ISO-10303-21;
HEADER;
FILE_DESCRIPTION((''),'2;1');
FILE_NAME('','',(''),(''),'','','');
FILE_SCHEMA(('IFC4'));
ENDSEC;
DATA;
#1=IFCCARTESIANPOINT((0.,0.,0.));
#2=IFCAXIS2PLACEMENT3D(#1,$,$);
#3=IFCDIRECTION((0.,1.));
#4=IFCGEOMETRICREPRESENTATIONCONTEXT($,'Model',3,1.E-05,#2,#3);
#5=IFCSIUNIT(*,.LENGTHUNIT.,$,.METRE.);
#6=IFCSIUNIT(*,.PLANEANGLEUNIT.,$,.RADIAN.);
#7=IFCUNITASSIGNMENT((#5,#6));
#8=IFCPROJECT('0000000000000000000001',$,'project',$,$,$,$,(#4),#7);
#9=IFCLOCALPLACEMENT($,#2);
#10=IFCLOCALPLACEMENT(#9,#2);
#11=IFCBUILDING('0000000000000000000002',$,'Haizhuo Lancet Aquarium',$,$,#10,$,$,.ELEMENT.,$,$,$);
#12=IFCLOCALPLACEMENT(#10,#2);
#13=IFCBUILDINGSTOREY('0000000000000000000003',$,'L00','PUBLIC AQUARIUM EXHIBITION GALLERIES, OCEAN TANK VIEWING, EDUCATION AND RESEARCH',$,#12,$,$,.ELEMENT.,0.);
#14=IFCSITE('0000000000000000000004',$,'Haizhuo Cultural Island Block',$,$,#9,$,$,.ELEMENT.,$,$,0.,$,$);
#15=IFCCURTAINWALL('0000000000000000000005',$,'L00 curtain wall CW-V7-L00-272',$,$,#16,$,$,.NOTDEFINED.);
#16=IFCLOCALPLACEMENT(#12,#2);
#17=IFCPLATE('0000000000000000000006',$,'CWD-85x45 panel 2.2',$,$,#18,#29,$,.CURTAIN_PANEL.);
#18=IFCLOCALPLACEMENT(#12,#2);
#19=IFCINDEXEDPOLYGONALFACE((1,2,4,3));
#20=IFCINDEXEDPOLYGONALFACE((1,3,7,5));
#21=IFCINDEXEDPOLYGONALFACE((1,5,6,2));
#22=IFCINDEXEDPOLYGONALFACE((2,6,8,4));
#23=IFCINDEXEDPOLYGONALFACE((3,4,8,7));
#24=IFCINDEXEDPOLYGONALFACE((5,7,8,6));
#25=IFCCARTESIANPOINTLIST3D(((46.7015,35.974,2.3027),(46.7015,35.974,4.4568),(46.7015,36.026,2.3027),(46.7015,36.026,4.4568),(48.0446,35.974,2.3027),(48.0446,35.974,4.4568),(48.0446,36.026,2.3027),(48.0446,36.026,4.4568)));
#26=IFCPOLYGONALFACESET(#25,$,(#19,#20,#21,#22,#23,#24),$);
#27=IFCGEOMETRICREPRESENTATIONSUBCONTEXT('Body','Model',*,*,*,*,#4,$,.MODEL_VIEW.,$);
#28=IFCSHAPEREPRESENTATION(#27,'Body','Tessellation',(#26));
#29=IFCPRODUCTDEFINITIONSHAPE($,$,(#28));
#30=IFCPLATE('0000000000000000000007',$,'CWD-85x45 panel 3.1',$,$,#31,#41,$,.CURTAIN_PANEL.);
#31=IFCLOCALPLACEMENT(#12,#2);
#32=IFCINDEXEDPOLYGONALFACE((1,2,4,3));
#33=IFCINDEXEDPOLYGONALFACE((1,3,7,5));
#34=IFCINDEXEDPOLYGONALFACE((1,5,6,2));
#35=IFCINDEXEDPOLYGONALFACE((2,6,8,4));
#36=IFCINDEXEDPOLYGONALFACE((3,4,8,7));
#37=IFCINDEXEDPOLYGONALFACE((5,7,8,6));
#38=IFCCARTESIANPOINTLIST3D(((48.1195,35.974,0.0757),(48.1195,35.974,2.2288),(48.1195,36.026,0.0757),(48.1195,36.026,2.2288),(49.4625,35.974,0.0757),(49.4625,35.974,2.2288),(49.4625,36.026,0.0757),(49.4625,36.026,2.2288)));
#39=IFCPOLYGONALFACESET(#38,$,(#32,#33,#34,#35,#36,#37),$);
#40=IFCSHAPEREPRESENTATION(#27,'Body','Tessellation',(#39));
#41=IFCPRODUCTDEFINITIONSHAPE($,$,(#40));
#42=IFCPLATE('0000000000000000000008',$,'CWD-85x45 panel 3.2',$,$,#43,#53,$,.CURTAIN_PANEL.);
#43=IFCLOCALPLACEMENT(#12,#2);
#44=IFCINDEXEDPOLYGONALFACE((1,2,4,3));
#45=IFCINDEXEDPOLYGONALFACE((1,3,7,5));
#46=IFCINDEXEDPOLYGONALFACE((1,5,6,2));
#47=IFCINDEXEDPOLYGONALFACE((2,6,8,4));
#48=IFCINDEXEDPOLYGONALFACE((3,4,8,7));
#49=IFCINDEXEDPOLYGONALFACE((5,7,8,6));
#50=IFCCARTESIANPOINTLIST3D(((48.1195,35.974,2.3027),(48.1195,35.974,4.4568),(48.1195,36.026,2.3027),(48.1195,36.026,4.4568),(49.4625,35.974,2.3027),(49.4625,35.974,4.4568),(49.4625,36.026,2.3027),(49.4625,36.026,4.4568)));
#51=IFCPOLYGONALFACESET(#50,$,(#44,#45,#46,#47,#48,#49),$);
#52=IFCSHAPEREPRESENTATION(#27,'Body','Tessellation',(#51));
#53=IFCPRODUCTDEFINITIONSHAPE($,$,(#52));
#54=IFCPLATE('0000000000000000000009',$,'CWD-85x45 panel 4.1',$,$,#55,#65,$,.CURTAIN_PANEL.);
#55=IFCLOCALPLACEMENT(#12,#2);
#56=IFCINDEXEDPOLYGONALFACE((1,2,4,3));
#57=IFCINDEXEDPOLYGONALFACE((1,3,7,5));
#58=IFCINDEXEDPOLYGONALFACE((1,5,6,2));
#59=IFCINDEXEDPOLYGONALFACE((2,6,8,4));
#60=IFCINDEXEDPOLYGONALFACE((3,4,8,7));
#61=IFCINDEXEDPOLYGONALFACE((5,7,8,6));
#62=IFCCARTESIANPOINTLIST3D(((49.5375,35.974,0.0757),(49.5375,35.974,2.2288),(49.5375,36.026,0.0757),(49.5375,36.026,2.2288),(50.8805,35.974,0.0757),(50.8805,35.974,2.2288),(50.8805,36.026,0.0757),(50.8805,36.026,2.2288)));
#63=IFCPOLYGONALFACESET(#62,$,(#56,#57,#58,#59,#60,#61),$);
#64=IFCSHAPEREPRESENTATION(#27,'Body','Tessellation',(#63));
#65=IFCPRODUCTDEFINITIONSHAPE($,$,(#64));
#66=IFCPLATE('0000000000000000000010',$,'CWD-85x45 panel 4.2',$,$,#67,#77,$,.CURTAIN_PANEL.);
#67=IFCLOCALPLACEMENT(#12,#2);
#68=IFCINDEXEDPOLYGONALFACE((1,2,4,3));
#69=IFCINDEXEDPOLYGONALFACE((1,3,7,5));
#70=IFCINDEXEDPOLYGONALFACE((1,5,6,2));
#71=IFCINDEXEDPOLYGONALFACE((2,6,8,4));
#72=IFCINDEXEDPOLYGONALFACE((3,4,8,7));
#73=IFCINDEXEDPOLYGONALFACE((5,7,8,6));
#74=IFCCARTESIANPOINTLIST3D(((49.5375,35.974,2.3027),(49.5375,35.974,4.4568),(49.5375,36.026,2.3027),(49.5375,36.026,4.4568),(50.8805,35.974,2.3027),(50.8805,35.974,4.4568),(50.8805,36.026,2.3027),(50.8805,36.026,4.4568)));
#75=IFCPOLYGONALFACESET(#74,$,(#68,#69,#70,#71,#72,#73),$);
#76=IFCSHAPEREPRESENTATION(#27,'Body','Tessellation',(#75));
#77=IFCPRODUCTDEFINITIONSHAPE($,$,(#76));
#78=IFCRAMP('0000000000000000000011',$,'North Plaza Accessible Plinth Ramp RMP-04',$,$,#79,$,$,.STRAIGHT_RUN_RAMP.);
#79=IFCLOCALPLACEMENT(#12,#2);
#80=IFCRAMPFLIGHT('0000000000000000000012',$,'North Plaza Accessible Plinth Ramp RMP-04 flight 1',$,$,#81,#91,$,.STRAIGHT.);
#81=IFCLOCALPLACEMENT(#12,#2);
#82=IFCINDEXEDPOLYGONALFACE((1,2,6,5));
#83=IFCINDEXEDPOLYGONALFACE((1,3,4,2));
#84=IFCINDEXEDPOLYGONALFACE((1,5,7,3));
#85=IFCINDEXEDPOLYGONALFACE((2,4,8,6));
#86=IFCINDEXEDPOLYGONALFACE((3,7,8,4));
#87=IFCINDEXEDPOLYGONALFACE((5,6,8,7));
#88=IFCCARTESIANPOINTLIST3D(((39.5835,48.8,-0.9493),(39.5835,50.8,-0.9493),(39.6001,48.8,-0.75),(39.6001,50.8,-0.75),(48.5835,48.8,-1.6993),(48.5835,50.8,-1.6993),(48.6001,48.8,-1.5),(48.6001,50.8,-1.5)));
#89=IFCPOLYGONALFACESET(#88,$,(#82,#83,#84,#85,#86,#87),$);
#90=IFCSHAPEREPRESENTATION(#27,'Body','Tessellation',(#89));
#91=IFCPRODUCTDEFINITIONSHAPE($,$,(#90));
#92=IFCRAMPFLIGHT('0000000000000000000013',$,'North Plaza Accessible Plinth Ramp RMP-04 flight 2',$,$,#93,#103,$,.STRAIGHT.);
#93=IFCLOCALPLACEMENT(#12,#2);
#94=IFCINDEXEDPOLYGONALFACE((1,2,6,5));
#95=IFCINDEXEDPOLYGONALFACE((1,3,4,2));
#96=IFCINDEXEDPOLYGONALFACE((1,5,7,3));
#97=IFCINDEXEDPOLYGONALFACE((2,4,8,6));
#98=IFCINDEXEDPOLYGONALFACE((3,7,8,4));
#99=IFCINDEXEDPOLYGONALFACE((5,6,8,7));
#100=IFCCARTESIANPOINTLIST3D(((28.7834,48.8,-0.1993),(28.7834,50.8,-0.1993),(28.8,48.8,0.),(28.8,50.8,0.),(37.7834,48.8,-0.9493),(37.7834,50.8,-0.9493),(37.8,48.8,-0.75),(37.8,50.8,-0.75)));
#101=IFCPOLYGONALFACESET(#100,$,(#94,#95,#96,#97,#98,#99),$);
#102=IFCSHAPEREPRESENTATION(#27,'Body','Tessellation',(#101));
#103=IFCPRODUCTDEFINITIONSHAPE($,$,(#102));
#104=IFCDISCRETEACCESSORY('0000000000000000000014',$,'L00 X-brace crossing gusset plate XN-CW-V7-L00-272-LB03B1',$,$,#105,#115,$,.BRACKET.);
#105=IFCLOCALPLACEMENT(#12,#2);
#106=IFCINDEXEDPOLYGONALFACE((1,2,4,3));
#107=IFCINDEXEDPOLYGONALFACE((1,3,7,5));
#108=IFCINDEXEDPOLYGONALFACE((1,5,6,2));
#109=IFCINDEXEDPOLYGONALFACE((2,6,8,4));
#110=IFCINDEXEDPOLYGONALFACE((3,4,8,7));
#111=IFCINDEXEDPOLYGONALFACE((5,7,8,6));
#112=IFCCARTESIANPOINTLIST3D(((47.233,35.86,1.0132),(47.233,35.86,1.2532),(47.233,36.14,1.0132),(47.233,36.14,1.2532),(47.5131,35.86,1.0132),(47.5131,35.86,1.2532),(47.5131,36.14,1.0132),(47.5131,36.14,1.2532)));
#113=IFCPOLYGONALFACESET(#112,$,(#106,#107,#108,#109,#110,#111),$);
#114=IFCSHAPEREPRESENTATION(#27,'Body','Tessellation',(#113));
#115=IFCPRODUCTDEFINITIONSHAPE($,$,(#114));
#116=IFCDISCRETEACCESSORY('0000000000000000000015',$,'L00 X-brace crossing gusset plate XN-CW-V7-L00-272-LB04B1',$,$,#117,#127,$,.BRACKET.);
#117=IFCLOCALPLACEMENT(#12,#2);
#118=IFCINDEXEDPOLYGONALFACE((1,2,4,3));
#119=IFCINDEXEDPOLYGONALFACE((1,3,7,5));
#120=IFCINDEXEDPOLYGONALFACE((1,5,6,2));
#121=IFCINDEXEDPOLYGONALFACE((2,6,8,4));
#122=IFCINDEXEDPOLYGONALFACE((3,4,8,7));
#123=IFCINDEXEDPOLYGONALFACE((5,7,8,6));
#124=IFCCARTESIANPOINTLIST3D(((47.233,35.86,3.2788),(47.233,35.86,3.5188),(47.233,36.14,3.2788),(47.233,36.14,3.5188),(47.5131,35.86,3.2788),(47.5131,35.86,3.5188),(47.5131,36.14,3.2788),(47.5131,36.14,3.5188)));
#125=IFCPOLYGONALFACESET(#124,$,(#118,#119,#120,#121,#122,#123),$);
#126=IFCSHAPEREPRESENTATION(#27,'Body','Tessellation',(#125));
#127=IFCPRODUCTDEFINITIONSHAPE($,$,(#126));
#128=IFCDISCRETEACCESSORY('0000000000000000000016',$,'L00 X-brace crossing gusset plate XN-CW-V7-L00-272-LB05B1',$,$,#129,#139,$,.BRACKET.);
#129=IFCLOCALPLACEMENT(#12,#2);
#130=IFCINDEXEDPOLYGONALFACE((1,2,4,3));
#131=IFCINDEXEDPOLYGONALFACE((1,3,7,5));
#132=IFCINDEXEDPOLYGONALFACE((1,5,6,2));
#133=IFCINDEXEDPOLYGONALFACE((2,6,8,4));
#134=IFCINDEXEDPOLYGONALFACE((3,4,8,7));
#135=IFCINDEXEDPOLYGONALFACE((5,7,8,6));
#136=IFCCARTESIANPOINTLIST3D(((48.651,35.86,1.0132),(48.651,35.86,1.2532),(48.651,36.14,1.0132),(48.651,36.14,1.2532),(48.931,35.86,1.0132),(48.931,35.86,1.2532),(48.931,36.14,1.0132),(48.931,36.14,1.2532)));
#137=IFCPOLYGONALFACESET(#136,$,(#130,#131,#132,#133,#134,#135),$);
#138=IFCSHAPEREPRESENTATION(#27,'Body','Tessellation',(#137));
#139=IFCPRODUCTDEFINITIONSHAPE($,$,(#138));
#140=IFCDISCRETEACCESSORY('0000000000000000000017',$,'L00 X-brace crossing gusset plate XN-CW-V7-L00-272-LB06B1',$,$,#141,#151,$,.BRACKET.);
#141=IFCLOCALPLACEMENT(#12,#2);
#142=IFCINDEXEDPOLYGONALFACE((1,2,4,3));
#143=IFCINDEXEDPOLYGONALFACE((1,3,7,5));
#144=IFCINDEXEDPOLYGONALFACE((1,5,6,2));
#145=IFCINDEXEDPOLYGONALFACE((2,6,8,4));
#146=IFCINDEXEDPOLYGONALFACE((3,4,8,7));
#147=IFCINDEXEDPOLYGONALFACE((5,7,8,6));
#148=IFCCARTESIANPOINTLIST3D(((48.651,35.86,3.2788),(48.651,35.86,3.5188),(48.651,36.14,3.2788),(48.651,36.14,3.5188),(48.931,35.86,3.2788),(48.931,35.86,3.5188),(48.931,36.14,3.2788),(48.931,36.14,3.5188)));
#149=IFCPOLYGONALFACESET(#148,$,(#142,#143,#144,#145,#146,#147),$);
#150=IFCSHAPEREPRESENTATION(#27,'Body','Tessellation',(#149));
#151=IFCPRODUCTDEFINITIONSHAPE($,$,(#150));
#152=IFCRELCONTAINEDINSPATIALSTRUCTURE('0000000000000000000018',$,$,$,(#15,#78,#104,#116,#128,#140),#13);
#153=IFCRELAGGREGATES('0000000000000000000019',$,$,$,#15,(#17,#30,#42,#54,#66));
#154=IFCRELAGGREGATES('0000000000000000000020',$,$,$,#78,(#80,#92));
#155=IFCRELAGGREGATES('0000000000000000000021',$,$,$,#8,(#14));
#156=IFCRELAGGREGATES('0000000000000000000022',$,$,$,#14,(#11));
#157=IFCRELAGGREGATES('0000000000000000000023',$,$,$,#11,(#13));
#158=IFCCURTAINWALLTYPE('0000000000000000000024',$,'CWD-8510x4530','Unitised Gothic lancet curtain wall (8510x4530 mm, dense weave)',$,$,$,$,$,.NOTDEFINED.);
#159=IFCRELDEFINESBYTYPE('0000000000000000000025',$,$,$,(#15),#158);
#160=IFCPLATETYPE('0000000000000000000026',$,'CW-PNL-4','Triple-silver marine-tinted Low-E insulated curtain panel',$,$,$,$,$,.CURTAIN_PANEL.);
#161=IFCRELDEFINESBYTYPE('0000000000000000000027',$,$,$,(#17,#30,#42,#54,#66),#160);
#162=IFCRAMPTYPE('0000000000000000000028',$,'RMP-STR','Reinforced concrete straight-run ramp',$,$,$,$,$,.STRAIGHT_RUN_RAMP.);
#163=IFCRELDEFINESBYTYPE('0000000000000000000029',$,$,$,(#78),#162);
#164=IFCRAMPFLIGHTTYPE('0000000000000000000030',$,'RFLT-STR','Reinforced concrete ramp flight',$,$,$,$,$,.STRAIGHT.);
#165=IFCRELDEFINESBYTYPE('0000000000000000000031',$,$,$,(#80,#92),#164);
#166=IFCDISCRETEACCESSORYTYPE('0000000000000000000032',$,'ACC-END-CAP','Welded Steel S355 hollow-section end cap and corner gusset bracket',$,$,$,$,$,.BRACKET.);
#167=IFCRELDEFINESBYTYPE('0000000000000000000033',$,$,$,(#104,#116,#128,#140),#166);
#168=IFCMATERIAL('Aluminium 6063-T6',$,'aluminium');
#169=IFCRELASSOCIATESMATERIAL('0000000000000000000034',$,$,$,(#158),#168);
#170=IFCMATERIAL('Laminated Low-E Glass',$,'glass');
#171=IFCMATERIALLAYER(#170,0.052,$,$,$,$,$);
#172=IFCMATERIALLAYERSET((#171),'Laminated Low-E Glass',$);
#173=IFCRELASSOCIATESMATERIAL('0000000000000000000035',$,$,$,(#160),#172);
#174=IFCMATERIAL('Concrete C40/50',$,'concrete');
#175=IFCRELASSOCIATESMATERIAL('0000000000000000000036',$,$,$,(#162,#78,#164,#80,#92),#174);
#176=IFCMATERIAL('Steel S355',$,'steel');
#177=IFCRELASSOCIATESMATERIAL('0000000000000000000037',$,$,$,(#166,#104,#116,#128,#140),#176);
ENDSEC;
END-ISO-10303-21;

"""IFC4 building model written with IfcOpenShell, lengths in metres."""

from ifc_helpers import new_model, si_unit, direction, frame, origin, origin_2d, place, context, subcontext, project, spatial, polyline, rectangle, outline, extrude, material, layer, layer_set, type_object, element, aggregate, save


model = new_model("IFC4")

# Units and contexts
model_context = context("Model", 3, precision=1e-05, world=origin(), true_north=direction((0.0, 1.0)))
body_context = subcontext(model_context, "Body", "Model", "MODEL_VIEW")
ifc_project = project(units=[si_unit("LENGTHUNIT", "METRE"), si_unit("PLANEANGLEUNIT", "RADIAN")], contexts=[model_context])

# Site, building, storey
site_placement = place(None, origin())
site = spatial("IfcSite", under=ifc_project, at=site_placement, Name="Haizhuo Cultural Island Block", CompositionType="ELEMENT", RefElevation=0.0)
building_placement = place(site_placement, origin())
building = spatial("IfcBuilding", under=site, at=building_placement, Name="Haizhuo Lancet Aquarium", CompositionType="ELEMENT")
storey_placement = place(building_placement, origin())
storey = spatial("IfcBuildingStorey", under=building, at=storey_placement, Name="L00", Description="PUBLIC AQUARIUM EXHIBITION GALLERIES, OCEAN TANK VIEWING, EDUCATION AND RESEARCH", CompositionType="ELEMENT", Elevation=0.0)

# Curtain wall
ifc_material_1 = material(Name="Aluminium 6063-T6", Category="aluminium")
curtain_wall_type = type_object("IfcCurtainWallType", Name="CWD-8510x4530", Description="Unitised Gothic lancet curtain wall (8510x4530 mm, dense weave)", PredefinedType="NOTDEFINED", material=ifc_material_1)
curtain_wall_placement = place(storey_placement, origin())
curtain_wall = element("IfcCurtainWall", 1, at=curtain_wall_placement, inside=storey, type_object=curtain_wall_type, Name="L00 curtain wall CW-V7-L00-272", PredefinedType="NOTDEFINED")

# Shared definitions
ifc_material_2 = material(Name="Steel S355", Category="steel")

# Plates
ifc_material_3 = material(Name="Laminated Low-E Glass", Category="glass")
ifc_layer = layer(ifc_material_3, 0.052)
ifc_layer_set = layer_set([ifc_layer], Name="Laminated Low-E Glass")
plate_type = type_object("IfcPlateType", Name="CW-PNL-4", Description="Triple-silver marine-tinted Low-E insulated curtain panel", PredefinedType="CURTAIN_PANEL", material=ifc_layer_set)
plate_1_placement = place(storey_placement, frame((47.373, 36.0, 2.3027), z_axis=(0.0, 0.0, 1.0), x_axis=(1.0, 0.0, 0.0)))
plate_1 = element("IfcPlate", 2, at=plate_1_placement, type_object=plate_type, Name="CWD-85x45 panel 2.2", PredefinedType="CURTAIN_PANEL", context=body_context, shape_type="SweptSolid", body=[
    extrude(rectangle(XDim=1.343, YDim=0.052, at=origin_2d()), origin(), (0.0, 0.0, 1.0), 2.1541),
])
plate_2_placement = place(storey_placement, frame((48.791, 36.0, 0.0757), z_axis=(0.0, 0.0, 1.0), x_axis=(1.0, 0.0, 0.0)))
plate_2 = element("IfcPlate", 3, at=plate_2_placement, type_object=plate_type, Name="CWD-85x45 panel 3.1", PredefinedType="CURTAIN_PANEL", context=body_context, shape_type="SweptSolid", body=[
    extrude(rectangle(XDim=1.343, YDim=0.052, at=origin_2d()), origin(), (0.0, 0.0, 1.0), 2.1531),
])
plate_3_placement = place(storey_placement, frame((48.791, 36.0, 2.3027), z_axis=(0.0, 0.0, 1.0), x_axis=(1.0, 0.0, 0.0)))
plate_3 = element("IfcPlate", 4, at=plate_3_placement, type_object=plate_type, Name="CWD-85x45 panel 3.2", PredefinedType="CURTAIN_PANEL", context=body_context, shape_type="SweptSolid", body=[
    extrude(rectangle(XDim=1.343, YDim=0.052, at=origin_2d()), origin(), (0.0, 0.0, 1.0), 2.1541),
])
plate_4_placement = place(storey_placement, frame((50.209, 36.0, 0.0757), z_axis=(0.0, 0.0, 1.0), x_axis=(1.0, 0.0, 0.0)))
plate_4 = element("IfcPlate", 5, at=plate_4_placement, type_object=plate_type, Name="CWD-85x45 panel 4.1", PredefinedType="CURTAIN_PANEL", context=body_context, shape_type="SweptSolid", body=[
    extrude(rectangle(XDim=1.343, YDim=0.052, at=origin_2d()), origin(), (0.0, 0.0, 1.0), 2.1531),
])
plate_5_placement = place(storey_placement, frame((50.209, 36.0, 2.3027), z_axis=(0.0, 0.0, 1.0), x_axis=(1.0, 0.0, 0.0)))
plate_5 = element("IfcPlate", 6, at=plate_5_placement, type_object=plate_type, Name="CWD-85x45 panel 4.2", PredefinedType="CURTAIN_PANEL", context=body_context, shape_type="SweptSolid", body=[
    extrude(rectangle(XDim=1.343, YDim=0.052, at=origin_2d()), origin(), (0.0, 0.0, 1.0), 2.1541),
])
aggregate(curtain_wall, [plate_1, plate_2, plate_3, plate_4, plate_5])

# Ramp, ramp flights
ifc_material_4 = material(Name="Concrete C40/50", Category="concrete")
ramp_type = type_object("IfcRampType", Name="RMP-STR", Description="Reinforced concrete straight-run ramp", PredefinedType="STRAIGHT_RUN_RAMP", material=ifc_material_4)
ramp_placement = place(storey_placement, origin())
ramp = element("IfcRamp", 7, at=ramp_placement, inside=storey, type_object=ramp_type, material=ifc_material_4, Name="North Plaza Accessible Plinth Ramp RMP-04", PredefinedType="STRAIGHT_RUN_RAMP")
ramp_flight_type = type_object("IfcRampFlightType", Name="RFLT-STR", Description="Reinforced concrete ramp flight", PredefinedType="STRAIGHT", material=ifc_material_4)
ramp_flight_1_placement = place(storey_placement, frame((48.6001, 48.8, -1.5), z_axis=(0.083045, 0.0, 0.996546), x_axis=(-0.996546, 0.0, 0.083045)))
ramp_flight_1 = element("IfcRampFlight", 8, at=ramp_flight_1_placement, type_object=ramp_flight_type, material=ifc_material_4, Name="North Plaza Accessible Plinth Ramp RMP-04 flight 1", PredefinedType="STRAIGHT", context=body_context, shape_type="SweptSolid", body=[
    extrude(outline(polyline([(0.0, 0.0), (9.0312, 0.0), (9.0312, -2.0), (0.0, -2.0), (0.0, 0.0)])), origin(), (0.0, 0.0, -1.0), 0.2),
])
ramp_flight_2_placement = place(storey_placement, frame((37.8, 48.8, -0.75), z_axis=(0.083045, 0.0, 0.996546), x_axis=(-0.996546, 0.0, 0.083045)))
ramp_flight_2 = element("IfcRampFlight", 9, at=ramp_flight_2_placement, type_object=ramp_flight_type, material=ifc_material_4, Name="North Plaza Accessible Plinth Ramp RMP-04 flight 2", PredefinedType="STRAIGHT", context=body_context, shape_type="SweptSolid", body=[
    extrude(outline(polyline([(0.0, 0.0), (9.0312, 0.0), (9.0312, -2.0), (0.0, -2.0), (0.0, 0.0)])), origin(), (0.0, 0.0, -1.0), 0.2),
])
aggregate(ramp, [ramp_flight_1, ramp_flight_2])

# Discrete accessories
discrete_accessory_type = type_object("IfcDiscreteAccessoryType", Name="ACC-END-CAP", Description="Welded Steel S355 hollow-section end cap and corner gusset bracket", PredefinedType="BRACKET", material=ifc_material_2)
for number, where, z_axis, x_axis, name in (
    (10, (47.373, 36.0, 1.0132), (0.0, 0.0, 1.0), (1.0, 0.0, 0.0), "L00 X-brace crossing gusset plate XN-CW-V7-L00-272-LB03B1"),
    (11, (47.373, 36.0, 3.2788), (0.0, 0.0, 1.0), (1.0, 0.0, 0.0), "L00 X-brace crossing gusset plate XN-CW-V7-L00-272-LB04B1"),
    (12, (48.791, 36.0, 1.0132), (0.0, 0.0, 1.0), (1.0, 0.0, 0.0), "L00 X-brace crossing gusset plate XN-CW-V7-L00-272-LB05B1"),
    (13, (48.791, 36.0, 3.2788), (0.0, 0.0, 1.0), (1.0, 0.0, 0.0), "L00 X-brace crossing gusset plate XN-CW-V7-L00-272-LB06B1"),
):
    element("IfcDiscreteAccessory", number, at=place(storey_placement, frame(where, z_axis=z_axis, x_axis=x_axis)), inside=storey, type_object=discrete_accessory_type, material=ifc_material_2, Name=name, PredefinedType="BRACKET", context=body_context, shape_type="SweptSolid", body=[
        extrude(rectangle(XDim=0.28, YDim=0.28, at=origin_2d()), origin(), (0.0, 0.0, 1.0), 0.24),
    ])

save(model, "model.ifc")
